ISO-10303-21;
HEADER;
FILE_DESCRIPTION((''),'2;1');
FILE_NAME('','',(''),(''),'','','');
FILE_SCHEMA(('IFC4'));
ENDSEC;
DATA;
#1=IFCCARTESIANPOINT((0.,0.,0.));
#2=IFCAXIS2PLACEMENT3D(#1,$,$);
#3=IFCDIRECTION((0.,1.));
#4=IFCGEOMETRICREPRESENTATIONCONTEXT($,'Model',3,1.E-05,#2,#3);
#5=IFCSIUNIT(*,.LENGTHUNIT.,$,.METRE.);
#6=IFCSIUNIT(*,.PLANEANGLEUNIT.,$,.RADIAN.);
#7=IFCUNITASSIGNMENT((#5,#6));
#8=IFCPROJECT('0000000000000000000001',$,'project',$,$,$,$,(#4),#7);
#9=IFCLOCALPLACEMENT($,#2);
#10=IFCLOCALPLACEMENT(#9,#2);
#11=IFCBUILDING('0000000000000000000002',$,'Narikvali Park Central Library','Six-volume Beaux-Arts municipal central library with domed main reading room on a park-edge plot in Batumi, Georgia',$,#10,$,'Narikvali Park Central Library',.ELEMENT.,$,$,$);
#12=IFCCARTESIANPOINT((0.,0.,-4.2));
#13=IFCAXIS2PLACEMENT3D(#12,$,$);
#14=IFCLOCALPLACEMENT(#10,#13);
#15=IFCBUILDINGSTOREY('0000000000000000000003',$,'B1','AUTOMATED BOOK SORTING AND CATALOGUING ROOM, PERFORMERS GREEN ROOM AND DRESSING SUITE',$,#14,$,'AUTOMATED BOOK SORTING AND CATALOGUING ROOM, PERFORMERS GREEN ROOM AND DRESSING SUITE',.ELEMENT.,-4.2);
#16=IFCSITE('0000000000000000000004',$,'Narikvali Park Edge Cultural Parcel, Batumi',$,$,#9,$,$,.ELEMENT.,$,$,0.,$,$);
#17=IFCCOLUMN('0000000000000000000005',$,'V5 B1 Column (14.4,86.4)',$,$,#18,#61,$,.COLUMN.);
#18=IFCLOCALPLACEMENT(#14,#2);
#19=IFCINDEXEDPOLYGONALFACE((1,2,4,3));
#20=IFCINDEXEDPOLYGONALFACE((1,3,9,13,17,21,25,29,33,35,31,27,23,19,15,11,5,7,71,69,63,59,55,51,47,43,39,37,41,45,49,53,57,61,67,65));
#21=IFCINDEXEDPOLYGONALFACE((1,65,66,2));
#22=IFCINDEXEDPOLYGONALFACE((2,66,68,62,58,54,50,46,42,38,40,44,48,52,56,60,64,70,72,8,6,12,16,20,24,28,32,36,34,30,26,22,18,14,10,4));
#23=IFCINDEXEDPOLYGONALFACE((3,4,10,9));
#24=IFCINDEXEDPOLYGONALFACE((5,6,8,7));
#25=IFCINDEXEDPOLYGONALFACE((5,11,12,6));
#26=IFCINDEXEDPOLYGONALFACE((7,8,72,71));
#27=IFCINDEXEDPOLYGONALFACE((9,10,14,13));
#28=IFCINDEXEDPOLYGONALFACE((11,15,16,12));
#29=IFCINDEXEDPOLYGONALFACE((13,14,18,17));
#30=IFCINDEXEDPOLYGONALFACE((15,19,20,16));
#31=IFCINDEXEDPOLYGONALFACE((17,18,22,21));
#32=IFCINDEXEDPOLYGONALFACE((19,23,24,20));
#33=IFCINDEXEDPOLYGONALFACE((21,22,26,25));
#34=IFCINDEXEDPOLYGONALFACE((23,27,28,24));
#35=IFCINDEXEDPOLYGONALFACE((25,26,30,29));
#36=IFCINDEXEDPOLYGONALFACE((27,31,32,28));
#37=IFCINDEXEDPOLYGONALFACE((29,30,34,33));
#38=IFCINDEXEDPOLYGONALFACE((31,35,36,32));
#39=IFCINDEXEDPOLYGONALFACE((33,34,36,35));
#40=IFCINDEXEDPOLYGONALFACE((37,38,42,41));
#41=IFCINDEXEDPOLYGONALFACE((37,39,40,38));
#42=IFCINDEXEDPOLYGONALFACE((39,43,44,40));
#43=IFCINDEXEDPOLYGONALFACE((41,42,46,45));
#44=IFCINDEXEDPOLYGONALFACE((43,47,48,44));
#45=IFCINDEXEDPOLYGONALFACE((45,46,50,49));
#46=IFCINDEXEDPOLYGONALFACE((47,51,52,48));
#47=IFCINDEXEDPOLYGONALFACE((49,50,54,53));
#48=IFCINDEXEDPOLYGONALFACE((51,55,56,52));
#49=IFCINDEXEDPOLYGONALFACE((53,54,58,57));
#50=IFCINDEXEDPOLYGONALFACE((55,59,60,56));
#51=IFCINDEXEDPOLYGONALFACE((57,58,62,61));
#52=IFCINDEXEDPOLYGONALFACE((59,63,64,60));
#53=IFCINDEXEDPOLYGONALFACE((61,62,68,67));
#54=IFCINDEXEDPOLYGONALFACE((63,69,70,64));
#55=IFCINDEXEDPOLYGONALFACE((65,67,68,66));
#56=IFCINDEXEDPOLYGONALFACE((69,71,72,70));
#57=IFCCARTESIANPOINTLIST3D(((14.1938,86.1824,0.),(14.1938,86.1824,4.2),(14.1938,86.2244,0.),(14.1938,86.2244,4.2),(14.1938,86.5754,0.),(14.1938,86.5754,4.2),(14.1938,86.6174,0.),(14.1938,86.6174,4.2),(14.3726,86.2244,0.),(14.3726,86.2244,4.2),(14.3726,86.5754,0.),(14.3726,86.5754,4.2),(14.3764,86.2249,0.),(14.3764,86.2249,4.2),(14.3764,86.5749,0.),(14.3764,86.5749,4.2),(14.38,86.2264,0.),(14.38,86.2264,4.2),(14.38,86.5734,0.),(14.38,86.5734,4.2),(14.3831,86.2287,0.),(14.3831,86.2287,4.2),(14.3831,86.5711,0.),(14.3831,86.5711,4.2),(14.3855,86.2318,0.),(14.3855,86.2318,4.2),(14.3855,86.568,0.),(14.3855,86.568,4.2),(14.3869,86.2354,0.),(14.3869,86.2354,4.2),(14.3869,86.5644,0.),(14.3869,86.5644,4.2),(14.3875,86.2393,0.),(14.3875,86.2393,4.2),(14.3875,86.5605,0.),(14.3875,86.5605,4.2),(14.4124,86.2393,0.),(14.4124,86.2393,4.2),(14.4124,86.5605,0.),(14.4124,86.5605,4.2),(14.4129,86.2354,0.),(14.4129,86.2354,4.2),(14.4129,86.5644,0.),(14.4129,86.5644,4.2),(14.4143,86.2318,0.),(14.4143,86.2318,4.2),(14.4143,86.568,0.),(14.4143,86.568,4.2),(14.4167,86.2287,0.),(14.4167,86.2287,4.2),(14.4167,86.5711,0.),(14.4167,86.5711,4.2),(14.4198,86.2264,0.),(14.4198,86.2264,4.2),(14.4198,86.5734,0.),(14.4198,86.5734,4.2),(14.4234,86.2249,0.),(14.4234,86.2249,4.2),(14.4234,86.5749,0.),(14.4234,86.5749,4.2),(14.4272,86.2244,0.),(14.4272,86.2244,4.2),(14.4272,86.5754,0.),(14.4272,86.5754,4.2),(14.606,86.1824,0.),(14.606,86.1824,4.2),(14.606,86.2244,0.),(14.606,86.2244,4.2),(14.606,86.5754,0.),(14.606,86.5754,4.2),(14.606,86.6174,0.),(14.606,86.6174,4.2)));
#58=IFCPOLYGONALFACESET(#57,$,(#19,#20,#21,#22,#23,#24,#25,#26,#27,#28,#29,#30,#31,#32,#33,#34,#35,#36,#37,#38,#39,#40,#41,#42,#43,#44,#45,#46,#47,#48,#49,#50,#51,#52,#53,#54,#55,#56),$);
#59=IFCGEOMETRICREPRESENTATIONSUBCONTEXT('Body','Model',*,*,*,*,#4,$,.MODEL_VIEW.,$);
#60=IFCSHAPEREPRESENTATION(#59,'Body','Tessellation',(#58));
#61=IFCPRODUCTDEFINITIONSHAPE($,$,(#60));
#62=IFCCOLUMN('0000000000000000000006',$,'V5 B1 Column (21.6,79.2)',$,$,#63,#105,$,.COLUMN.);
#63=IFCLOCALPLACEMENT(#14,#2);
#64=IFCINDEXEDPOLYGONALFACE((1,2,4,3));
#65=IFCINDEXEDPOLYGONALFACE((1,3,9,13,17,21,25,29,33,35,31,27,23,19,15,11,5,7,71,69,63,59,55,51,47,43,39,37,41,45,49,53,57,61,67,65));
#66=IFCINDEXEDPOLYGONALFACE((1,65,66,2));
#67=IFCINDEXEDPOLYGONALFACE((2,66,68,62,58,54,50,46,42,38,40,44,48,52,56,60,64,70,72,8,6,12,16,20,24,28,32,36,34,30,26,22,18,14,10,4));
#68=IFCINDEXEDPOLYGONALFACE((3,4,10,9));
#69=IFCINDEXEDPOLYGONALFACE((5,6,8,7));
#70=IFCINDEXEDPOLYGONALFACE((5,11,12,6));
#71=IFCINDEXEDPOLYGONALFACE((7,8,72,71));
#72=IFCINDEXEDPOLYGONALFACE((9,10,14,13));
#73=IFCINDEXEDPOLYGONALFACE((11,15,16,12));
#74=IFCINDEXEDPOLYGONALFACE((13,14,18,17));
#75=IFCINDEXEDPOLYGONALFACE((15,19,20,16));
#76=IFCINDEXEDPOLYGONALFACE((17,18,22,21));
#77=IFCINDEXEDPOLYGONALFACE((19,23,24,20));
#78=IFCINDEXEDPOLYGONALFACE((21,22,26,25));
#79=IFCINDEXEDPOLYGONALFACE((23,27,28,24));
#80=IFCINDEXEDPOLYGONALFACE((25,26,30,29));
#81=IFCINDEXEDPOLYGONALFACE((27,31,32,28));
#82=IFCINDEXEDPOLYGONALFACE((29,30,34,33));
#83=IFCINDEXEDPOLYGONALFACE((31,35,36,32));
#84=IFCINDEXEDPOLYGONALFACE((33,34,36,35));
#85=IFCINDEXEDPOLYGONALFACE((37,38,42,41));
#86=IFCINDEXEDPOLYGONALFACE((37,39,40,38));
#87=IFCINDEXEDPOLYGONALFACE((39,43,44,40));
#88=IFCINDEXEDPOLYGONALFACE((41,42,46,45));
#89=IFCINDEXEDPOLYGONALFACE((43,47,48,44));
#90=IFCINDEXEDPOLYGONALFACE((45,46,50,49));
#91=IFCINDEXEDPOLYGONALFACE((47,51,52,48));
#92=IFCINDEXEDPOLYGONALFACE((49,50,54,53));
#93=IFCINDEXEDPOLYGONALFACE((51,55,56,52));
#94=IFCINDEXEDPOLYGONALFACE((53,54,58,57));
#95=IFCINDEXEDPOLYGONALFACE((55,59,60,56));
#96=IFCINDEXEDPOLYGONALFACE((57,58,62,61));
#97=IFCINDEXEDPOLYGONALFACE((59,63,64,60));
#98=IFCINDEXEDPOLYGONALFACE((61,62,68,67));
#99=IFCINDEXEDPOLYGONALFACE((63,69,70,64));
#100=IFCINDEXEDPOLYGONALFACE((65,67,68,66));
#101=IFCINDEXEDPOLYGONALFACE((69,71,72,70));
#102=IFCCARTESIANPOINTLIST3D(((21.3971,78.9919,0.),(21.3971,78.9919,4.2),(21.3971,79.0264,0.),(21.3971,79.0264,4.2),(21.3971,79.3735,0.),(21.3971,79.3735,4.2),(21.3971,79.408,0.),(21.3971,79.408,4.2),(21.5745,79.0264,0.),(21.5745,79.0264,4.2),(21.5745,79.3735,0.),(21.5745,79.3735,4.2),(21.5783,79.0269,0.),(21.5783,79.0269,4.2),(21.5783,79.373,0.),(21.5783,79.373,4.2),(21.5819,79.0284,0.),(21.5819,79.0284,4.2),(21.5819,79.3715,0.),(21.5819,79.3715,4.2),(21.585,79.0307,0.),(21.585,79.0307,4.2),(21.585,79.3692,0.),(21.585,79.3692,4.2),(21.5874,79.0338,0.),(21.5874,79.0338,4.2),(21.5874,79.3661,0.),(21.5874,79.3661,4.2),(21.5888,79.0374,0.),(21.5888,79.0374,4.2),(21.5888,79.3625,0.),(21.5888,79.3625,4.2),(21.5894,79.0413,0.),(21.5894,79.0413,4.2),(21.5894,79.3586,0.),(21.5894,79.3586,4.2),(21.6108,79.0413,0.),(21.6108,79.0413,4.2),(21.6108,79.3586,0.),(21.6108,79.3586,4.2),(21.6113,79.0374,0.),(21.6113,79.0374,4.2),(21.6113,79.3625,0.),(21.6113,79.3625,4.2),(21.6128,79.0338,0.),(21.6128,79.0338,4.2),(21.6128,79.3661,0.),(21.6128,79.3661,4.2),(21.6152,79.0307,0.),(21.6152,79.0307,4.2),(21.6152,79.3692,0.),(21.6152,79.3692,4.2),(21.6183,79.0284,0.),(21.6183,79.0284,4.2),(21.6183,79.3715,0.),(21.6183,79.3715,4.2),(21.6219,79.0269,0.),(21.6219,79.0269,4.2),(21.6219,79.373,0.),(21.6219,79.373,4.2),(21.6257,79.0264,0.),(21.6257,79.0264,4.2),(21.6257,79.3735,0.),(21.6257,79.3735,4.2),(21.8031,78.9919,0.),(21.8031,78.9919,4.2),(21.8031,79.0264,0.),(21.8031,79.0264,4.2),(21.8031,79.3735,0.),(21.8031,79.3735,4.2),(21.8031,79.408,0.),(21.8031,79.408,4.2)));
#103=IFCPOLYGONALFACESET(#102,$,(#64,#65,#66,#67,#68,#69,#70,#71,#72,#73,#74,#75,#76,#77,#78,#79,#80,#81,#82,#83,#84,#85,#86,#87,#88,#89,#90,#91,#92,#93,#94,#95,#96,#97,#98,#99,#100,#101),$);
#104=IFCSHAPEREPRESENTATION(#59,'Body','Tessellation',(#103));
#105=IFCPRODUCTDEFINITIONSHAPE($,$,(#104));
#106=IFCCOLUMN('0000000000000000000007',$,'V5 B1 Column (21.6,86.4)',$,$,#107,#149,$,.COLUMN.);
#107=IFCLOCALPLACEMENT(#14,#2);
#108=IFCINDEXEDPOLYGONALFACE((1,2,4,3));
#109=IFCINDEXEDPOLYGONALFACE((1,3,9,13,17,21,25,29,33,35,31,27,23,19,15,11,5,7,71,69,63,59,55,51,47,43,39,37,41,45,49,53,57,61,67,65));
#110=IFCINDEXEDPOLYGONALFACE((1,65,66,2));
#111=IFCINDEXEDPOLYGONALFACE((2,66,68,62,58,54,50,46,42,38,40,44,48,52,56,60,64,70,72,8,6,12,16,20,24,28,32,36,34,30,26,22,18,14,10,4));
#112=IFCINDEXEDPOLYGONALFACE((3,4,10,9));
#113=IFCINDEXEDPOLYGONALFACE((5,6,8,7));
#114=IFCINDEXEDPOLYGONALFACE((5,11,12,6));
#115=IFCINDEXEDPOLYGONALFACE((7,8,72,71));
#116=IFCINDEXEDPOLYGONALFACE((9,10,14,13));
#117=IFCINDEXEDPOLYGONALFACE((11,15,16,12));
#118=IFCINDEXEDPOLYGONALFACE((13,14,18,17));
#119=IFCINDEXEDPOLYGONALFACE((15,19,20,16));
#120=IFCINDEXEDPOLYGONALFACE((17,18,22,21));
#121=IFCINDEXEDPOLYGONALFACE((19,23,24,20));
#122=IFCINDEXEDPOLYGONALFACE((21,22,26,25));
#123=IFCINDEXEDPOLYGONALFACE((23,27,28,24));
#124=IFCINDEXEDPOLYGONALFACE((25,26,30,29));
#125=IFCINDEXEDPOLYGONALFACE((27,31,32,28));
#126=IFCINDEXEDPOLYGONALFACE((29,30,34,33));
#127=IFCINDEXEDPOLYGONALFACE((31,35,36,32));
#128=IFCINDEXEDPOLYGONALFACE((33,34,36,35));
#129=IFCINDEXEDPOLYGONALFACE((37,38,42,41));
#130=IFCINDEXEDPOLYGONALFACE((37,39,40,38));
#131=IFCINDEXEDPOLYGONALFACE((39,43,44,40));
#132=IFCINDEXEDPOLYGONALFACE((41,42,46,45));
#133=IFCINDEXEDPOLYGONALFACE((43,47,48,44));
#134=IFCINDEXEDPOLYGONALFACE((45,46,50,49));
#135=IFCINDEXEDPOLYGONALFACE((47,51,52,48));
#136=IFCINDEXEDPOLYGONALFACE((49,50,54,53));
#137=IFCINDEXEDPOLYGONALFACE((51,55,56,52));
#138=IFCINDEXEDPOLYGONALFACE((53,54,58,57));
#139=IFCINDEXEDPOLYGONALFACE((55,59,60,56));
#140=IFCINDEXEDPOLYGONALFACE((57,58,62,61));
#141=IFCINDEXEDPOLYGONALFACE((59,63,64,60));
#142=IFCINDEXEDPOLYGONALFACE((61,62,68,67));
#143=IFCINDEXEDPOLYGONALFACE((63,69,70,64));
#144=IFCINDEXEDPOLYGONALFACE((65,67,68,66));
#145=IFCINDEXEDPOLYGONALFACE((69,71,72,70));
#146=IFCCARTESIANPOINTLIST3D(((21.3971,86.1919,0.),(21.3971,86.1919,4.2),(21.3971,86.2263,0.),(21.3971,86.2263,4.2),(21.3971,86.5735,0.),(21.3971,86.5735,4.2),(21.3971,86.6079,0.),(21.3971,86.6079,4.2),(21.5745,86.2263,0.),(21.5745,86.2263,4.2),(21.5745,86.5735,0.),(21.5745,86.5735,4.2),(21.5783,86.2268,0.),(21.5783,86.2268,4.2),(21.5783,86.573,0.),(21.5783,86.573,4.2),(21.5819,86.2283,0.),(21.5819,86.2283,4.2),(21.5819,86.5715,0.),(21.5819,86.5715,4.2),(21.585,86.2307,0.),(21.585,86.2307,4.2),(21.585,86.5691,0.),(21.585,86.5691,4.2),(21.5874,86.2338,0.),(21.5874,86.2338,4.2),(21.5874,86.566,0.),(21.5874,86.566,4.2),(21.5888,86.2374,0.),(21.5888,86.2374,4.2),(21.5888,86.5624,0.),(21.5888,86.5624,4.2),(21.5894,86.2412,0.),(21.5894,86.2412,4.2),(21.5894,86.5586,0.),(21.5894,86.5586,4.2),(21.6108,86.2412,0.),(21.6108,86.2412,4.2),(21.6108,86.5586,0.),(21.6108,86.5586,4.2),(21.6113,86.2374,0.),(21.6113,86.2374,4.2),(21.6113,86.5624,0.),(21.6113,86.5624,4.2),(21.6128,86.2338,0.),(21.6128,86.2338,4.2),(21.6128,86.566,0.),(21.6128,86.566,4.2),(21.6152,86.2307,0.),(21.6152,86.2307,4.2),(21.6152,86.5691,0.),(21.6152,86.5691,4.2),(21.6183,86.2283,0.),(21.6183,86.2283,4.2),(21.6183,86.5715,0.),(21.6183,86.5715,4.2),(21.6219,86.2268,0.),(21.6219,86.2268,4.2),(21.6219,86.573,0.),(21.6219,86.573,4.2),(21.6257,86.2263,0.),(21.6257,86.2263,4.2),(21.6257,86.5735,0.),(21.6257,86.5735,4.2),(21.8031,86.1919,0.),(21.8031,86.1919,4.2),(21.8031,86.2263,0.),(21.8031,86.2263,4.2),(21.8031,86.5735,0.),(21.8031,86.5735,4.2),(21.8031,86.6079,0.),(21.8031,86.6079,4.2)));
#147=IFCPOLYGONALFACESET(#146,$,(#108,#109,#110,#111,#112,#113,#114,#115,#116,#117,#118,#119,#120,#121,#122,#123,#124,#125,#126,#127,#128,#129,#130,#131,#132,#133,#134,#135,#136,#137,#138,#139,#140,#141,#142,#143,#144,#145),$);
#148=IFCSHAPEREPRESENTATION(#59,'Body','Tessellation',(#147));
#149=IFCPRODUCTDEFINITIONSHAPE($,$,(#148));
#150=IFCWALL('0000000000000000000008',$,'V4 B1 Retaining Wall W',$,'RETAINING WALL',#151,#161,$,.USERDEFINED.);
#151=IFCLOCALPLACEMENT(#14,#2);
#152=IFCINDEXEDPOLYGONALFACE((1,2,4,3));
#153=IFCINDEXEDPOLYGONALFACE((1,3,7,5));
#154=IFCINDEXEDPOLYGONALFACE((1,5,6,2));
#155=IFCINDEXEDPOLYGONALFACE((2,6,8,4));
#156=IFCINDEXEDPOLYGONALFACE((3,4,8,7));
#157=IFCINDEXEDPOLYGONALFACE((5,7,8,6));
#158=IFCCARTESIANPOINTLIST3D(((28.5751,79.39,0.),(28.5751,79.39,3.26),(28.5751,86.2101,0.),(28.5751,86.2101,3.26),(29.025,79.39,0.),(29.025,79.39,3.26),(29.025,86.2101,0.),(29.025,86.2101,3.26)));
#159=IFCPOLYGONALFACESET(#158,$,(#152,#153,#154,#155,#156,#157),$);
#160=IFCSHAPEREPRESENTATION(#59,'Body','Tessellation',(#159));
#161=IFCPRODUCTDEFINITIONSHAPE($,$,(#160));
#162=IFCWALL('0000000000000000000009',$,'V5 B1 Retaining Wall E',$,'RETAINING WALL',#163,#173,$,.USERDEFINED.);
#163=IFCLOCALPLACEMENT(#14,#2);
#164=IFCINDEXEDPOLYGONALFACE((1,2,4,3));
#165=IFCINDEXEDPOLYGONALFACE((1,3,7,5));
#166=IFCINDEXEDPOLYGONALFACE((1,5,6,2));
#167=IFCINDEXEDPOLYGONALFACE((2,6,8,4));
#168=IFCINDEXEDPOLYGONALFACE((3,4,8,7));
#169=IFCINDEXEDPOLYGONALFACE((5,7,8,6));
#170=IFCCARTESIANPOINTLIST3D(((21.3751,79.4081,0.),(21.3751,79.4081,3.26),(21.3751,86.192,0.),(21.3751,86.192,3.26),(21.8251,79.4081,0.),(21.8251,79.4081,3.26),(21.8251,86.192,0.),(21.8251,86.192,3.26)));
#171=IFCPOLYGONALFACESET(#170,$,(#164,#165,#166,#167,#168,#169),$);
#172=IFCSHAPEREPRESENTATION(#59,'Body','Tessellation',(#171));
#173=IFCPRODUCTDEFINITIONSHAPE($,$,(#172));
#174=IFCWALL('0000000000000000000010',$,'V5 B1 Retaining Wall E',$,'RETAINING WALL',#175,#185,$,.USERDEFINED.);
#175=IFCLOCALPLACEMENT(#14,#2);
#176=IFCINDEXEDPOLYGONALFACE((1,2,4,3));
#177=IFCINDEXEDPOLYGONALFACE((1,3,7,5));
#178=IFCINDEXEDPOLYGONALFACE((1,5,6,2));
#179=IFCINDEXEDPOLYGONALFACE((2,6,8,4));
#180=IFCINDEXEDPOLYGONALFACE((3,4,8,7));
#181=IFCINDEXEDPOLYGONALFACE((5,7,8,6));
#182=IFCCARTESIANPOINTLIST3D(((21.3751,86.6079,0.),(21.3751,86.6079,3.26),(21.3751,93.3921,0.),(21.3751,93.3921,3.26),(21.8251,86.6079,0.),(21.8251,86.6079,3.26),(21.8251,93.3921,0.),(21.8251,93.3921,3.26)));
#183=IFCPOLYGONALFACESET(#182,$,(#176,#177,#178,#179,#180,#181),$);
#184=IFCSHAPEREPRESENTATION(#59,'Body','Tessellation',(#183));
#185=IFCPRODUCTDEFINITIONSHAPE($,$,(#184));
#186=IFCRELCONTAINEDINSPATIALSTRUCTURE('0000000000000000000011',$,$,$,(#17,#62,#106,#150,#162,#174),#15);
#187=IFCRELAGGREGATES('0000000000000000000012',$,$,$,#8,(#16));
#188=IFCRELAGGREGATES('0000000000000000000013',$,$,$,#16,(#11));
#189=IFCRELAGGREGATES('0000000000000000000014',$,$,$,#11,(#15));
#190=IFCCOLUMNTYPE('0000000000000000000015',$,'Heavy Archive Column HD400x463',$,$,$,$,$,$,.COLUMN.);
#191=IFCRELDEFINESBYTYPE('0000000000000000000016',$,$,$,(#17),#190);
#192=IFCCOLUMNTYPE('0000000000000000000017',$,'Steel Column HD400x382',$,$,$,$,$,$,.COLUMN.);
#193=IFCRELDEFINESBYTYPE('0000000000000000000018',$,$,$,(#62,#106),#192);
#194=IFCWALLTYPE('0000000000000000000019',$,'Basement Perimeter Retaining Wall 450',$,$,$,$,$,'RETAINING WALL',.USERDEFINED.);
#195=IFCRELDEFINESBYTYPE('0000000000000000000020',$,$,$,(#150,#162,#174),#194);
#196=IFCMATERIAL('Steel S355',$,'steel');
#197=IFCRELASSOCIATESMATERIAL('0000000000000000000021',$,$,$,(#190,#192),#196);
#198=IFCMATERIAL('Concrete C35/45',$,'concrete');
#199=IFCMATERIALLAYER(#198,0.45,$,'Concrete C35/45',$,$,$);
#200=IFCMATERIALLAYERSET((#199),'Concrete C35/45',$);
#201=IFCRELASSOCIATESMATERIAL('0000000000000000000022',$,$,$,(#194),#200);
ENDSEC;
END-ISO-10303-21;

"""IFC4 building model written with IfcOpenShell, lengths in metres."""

from ifc_helpers import new_model, si_unit, direction, frame, frame_2d, origin, origin_2d, place, context, subcontext, project, spatial, rectangle, i_section, extrude, material, layer, layer_set, material_profile, profile_set, type_object, element, save


model = new_model("IFC4")

# Units and contexts
model_context = context("Model", 3, precision=1e-05, world=origin(), true_north=direction((0.0, 1.0)))
body_context = subcontext(model_context, "Body", "Model", "MODEL_VIEW")
ifc_project = project(units=[si_unit("LENGTHUNIT", "METRE"), si_unit("PLANEANGLEUNIT", "RADIAN")], contexts=[model_context])

# Site, building, storey
site_placement = place(None, origin())
site = spatial("IfcSite", under=ifc_project, at=site_placement, Name="Narikvali Park Edge Cultural Parcel, Batumi", CompositionType="ELEMENT", RefElevation=0.0)
building_placement = place(site_placement, origin())
building = spatial("IfcBuilding", under=site, at=building_placement, Name="Narikvali Park Central Library", Description="Six-volume Beaux-Arts municipal central library with domed main reading room on a park-edge plot in Batumi, Georgia", LongName="Narikvali Park Central Library", CompositionType="ELEMENT")
storey_placement = place(building_placement, frame((0.0, 0.0, -4.2)))
storey = spatial("IfcBuildingStorey", under=building, at=storey_placement, Name="B1", Description="AUTOMATED BOOK SORTING AND CATALOGUING ROOM, PERFORMERS GREEN ROOM AND DRESSING SUITE", LongName="AUTOMATED BOOK SORTING AND CATALOGUING ROOM, PERFORMERS GREEN ROOM AND DRESSING SUITE", CompositionType="ELEMENT", Elevation=-4.2)

# Shared definitions
ifc_material_1 = material(Name="Concrete C35/45", Category="concrete")

# Columns
ifc_material_2 = material(Name="Steel S355", Category="steel")
ifc_material_profile_1 = material_profile(ifc_material_2, i_section(OverallWidth=0.4121, OverallDepth=0.4351, WebThickness=0.0249, FlangeThickness=0.042, FilletRadius=0.0149, at=origin_2d()), Name="HD 400x463")
ifc_profile_set_1 = profile_set([ifc_material_profile_1], Name="Steel S355")
column_type_1 = type_object("IfcColumnType", Name="Heavy Archive Column HD400x463", PredefinedType="COLUMN", material=ifc_profile_set_1)
for number, where, z_axis, x_axis, name in (
    (1, (14.3999, 86.3999, 0.0), (0.0, 0.0, 1.0), (1.0, 0.0, 0.0), "V5 B1 Column (14.4,86.4)"),
):
    element("IfcColumn", number, at=place(storey_placement, frame(where, z_axis=z_axis, x_axis=x_axis)), inside=storey, type_object=column_type_1, Name=name, PredefinedType="COLUMN", context=body_context, shape_type="SweptSolid", body=[
        extrude(i_section(OverallWidth=0.4121, OverallDepth=0.4351, WebThickness=0.0249, FlangeThickness=0.042, FilletRadius=0.0149, at=origin_2d()), origin(), (0.0, 0.0, 1.0), 4.2),
    ])
ifc_material_profile_2 = material_profile(ifc_material_2, i_section(OverallWidth=0.406, OverallDepth=0.416, WebThickness=0.0215, FlangeThickness=0.0344, FilletRadius=0.0149, at=origin_2d()), Name="HD 400x382")
ifc_profile_set_2 = profile_set([ifc_material_profile_2], Name="Steel S355")
column_type_2 = type_object("IfcColumnType", Name="Steel Column HD400x382", PredefinedType="COLUMN", material=ifc_profile_set_2)
for number, where, z_axis, x_axis, name in (
    (2, (21.6001, 79.2, 0.0), (0.0, 0.0, 1.0), (1.0, 0.0, 0.0), "V5 B1 Column (21.6,79.2)"),
    (3, (21.6001, 86.3999, 0.0), (0.0, 0.0, 1.0), (1.0, 0.0, 0.0), "V5 B1 Column (21.6,86.4)"),
):
    element("IfcColumn", number, at=place(storey_placement, frame(where, z_axis=z_axis, x_axis=x_axis)), inside=storey, type_object=column_type_2, Name=name, PredefinedType="COLUMN", context=body_context, shape_type="SweptSolid", body=[
        extrude(i_section(OverallWidth=0.406, OverallDepth=0.416, WebThickness=0.0215, FlangeThickness=0.0344, FilletRadius=0.0149, at=origin_2d()), origin(), (0.0, 0.0, 1.0), 4.2),
    ])

# Walls
ifc_layer_1 = layer(ifc_material_1, 0.45, Name="Concrete C35/45")
ifc_layer_set_1 = layer_set([ifc_layer_1], Name="Concrete C35/45")
wall_type = type_object("IfcWallType", Name="Basement Perimeter Retaining Wall 450", ElementType="RETAINING WALL", PredefinedType="USERDEFINED", material=ifc_layer_set_1)
wall_1_placement = place(storey_placement, frame((28.8, 79.3899, 0.0), z_axis=(0.0, 0.0, 1.0), x_axis=(0.0, 1.0, 0.0)))
element("IfcWall", 4, at=wall_1_placement, inside=storey, type_object=wall_type, Name="V4 B1 Retaining Wall W", ObjectType="RETAINING WALL", PredefinedType="USERDEFINED", context=body_context, shape_type="SweptSolid", body=[
    extrude(rectangle(XDim=6.8201, YDim=0.45, at=frame_2d((3.4102, 0.0))), origin(), (0.0, 0.0, 1.0), 3.26),
])
wall_2_placement = place(storey_placement, frame((21.6001, 79.408, 0.0), z_axis=(0.0, 0.0, 1.0), x_axis=(0.0, 1.0, 0.0)))
element("IfcWall", 5, at=wall_2_placement, inside=storey, type_object=wall_type, Name="V5 B1 Retaining Wall E", ObjectType="RETAINING WALL", PredefinedType="USERDEFINED", context=body_context, shape_type="SweptSolid", body=[
    extrude(rectangle(XDim=6.7839, YDim=0.45, at=frame_2d((3.3921, 0.0))), origin(), (0.0, 0.0, 1.0), 3.26),
])
wall_3_placement = place(storey_placement, frame((21.6001, 86.6079, 0.0), z_axis=(0.0, 0.0, 1.0), x_axis=(0.0, 1.0, 0.0)))
element("IfcWall", 6, at=wall_3_placement, inside=storey, type_object=wall_type, Name="V5 B1 Retaining Wall E", ObjectType="RETAINING WALL", PredefinedType="USERDEFINED", context=body_context, shape_type="SweptSolid", body=[
    extrude(rectangle(XDim=6.7842, YDim=0.45, at=frame_2d((3.3921, 0.0))), origin(), (0.0, 0.0, 1.0), 3.26),
])

save(model, "model.ifc")
